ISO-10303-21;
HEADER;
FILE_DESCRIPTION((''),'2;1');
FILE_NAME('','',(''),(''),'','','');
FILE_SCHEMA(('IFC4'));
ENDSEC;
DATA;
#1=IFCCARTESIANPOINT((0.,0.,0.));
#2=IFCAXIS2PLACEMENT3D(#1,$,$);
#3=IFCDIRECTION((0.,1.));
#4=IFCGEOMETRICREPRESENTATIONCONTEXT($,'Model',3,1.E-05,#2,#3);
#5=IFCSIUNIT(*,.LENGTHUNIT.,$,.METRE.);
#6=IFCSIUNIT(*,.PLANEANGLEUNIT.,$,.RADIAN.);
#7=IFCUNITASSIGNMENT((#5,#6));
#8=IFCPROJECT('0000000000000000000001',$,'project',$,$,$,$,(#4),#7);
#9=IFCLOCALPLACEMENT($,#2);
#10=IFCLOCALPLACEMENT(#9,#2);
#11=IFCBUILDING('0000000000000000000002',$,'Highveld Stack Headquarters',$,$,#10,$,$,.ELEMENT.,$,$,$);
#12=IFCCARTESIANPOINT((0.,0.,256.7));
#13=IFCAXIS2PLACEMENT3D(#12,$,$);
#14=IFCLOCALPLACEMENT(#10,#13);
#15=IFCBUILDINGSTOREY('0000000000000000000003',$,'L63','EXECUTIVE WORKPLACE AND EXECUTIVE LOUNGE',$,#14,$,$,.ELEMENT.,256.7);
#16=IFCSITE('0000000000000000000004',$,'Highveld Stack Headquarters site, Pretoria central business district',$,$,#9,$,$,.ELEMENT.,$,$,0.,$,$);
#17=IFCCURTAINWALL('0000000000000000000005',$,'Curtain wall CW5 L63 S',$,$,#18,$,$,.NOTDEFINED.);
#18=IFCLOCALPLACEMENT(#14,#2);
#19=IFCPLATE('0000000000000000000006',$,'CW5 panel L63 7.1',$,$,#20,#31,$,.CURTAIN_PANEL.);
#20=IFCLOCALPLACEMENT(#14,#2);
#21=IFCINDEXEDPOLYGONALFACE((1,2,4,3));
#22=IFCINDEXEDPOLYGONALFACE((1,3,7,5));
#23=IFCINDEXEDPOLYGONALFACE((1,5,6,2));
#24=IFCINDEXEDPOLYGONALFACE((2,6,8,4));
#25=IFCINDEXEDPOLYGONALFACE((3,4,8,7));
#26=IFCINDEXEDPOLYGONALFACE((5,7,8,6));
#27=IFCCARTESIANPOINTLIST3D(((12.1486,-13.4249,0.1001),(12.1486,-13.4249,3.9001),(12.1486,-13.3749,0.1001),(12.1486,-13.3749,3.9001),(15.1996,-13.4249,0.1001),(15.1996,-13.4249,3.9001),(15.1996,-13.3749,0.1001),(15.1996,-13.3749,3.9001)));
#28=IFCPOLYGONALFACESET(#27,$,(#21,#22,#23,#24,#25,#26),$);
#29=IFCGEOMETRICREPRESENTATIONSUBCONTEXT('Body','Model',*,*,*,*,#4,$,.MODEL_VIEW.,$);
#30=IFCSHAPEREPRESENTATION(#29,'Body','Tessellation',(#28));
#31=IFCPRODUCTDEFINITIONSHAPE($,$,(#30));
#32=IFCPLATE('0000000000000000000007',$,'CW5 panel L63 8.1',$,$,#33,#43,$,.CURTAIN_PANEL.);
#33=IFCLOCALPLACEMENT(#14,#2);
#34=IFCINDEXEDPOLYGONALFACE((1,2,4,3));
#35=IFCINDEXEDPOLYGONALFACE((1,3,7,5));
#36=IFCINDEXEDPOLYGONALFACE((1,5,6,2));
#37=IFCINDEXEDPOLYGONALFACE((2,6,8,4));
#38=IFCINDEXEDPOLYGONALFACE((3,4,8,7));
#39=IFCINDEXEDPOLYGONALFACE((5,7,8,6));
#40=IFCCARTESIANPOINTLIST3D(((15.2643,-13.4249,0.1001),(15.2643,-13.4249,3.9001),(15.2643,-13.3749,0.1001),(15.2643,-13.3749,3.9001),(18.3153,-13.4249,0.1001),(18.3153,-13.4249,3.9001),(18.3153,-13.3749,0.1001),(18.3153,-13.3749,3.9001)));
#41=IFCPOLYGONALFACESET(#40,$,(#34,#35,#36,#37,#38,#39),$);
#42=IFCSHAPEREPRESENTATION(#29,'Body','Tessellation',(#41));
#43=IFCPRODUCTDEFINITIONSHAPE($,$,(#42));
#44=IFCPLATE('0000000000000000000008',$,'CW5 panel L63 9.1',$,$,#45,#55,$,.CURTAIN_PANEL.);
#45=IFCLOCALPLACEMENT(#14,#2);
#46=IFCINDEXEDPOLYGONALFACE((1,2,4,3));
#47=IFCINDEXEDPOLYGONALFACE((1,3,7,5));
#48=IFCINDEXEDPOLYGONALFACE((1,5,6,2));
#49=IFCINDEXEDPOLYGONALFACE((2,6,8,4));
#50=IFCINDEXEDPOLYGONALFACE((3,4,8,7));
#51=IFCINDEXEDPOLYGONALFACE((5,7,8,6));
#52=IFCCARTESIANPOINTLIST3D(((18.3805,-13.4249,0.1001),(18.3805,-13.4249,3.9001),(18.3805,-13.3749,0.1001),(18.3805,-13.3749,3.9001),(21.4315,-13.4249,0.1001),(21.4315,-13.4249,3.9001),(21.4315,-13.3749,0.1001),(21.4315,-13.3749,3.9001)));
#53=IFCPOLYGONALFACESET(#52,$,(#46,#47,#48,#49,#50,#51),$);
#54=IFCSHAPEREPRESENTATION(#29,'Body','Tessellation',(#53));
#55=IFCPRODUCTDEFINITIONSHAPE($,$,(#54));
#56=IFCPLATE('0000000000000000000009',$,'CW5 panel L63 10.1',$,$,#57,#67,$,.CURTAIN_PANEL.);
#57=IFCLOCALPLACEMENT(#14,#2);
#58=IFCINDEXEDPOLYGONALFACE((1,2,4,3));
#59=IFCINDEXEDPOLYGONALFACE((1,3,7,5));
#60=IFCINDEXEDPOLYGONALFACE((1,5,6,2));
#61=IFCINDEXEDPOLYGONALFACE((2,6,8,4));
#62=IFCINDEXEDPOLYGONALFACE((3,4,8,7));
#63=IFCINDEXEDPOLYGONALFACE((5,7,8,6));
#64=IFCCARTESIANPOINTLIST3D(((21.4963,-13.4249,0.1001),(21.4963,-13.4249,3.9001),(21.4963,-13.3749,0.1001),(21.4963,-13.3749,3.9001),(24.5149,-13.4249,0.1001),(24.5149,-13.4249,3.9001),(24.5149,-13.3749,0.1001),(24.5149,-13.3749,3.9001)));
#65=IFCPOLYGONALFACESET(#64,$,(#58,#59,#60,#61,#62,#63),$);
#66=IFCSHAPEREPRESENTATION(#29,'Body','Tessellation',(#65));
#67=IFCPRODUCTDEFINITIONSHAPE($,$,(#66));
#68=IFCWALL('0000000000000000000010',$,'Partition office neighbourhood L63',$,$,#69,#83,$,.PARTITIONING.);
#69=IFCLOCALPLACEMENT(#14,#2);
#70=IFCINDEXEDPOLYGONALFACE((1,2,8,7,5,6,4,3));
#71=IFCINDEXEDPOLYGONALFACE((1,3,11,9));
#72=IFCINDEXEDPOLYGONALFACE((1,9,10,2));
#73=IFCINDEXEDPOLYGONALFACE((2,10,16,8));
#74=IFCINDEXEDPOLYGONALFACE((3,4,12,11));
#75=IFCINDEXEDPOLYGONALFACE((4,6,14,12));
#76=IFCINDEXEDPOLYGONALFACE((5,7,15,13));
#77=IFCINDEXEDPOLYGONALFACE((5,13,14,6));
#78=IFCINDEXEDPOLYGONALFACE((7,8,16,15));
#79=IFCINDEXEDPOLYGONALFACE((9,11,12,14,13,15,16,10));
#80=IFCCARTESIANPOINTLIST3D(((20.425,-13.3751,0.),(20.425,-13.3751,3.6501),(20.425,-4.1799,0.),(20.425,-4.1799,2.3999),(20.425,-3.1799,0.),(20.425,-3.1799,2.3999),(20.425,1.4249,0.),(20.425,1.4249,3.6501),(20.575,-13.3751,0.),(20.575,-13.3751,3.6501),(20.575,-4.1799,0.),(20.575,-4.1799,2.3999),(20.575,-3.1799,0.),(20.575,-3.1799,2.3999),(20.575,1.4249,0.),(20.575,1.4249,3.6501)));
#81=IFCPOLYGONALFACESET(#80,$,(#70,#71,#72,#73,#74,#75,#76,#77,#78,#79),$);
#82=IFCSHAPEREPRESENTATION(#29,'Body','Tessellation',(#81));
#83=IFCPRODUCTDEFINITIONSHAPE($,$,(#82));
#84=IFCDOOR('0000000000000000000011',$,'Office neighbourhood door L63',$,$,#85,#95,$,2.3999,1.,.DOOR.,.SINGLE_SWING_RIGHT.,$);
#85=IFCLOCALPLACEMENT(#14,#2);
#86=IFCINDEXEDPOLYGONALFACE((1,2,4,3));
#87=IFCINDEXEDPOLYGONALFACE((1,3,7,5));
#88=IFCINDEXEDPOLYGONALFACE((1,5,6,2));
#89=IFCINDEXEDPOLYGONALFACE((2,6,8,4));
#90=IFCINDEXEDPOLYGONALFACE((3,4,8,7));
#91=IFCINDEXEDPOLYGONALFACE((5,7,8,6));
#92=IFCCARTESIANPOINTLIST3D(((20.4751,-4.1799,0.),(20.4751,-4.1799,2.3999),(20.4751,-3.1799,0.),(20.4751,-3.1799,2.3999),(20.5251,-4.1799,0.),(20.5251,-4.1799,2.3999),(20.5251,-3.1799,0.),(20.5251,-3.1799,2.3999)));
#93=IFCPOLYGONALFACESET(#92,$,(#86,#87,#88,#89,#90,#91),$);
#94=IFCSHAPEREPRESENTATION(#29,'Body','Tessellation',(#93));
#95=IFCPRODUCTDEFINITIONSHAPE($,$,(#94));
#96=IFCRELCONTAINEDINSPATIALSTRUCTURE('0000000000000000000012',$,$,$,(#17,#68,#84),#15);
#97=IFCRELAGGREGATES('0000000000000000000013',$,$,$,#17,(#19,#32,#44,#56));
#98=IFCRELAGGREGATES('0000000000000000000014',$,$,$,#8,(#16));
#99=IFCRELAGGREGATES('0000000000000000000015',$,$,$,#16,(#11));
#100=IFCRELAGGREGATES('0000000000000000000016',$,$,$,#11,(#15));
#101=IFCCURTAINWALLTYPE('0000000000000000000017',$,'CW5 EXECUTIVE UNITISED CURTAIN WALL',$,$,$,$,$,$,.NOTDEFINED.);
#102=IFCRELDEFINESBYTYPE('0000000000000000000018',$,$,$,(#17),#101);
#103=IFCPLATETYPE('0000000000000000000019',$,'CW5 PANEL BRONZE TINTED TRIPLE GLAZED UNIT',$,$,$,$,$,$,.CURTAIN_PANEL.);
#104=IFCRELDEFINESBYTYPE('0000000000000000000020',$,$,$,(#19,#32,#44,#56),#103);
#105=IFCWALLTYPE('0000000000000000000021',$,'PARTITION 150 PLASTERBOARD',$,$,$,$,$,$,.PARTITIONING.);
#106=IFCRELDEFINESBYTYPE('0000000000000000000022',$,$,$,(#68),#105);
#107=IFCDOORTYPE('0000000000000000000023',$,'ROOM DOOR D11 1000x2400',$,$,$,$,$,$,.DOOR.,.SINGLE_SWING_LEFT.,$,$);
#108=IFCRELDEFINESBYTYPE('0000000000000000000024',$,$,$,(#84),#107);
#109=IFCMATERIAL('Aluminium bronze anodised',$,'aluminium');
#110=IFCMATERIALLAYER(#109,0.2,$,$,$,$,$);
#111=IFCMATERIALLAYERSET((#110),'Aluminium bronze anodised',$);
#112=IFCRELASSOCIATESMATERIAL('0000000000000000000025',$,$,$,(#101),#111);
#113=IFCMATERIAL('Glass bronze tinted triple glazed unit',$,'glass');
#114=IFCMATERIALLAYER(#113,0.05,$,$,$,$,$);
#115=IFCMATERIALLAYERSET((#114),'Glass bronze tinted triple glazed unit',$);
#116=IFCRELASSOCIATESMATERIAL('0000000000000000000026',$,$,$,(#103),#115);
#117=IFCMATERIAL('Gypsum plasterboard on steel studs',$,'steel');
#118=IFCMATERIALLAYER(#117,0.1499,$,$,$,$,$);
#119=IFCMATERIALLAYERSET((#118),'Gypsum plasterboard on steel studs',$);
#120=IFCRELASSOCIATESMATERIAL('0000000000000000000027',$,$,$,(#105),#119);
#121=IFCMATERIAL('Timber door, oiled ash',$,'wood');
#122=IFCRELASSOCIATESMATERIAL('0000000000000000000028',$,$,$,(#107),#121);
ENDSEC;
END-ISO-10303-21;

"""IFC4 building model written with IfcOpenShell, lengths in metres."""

from ifc_helpers import new_model, si_unit, direction, frame, frame_2d, origin, origin_2d, place, context, subcontext, project, spatial, rectangle, extrude, material, layer, layer_set, type_object, element, fill, aggregate, save


model = new_model("IFC4")

# Units and contexts
model_context = context("Model", 3, precision=1e-05, world=origin(), true_north=direction((0.0, 1.0)))
body_context = subcontext(model_context, "Body", "Model", "MODEL_VIEW")
ifc_project = project(units=[si_unit("LENGTHUNIT", "METRE"), si_unit("PLANEANGLEUNIT", "RADIAN")], contexts=[model_context])

# Site, building, storey
site_placement = place(None, origin())
site = spatial("IfcSite", under=ifc_project, at=site_placement, Name="Highveld Stack Headquarters site, Pretoria central business district", CompositionType="ELEMENT", RefElevation=0.0)
building_placement = place(site_placement, origin())
building = spatial("IfcBuilding", under=site, at=building_placement, Name="Highveld Stack Headquarters", CompositionType="ELEMENT")
storey_placement = place(building_placement, frame((0.0, 0.0, 256.7)))
storey = spatial("IfcBuildingStorey", under=building, at=storey_placement, Name="L63", Description="EXECUTIVE WORKPLACE AND EXECUTIVE LOUNGE", CompositionType="ELEMENT", Elevation=256.7)

# Curtain wall, plates
ifc_material_1 = material(Name="Aluminium bronze anodised", Category="aluminium")
ifc_layer_1 = layer(ifc_material_1, 0.2)
ifc_layer_set_1 = layer_set([ifc_layer_1], Name="Aluminium bronze anodised")
curtain_wall_type = type_object("IfcCurtainWallType", Name="CW5 EXECUTIVE UNITISED CURTAIN WALL", PredefinedType="NOTDEFINED", material=ifc_layer_set_1)
curtain_wall_placement = place(storey_placement, origin())
curtain_wall = element("IfcCurtainWall", 1, at=curtain_wall_placement, inside=storey, type_object=curtain_wall_type, Name="Curtain wall CW5 L63 S", PredefinedType="NOTDEFINED")
ifc_material_2 = material(Name="Glass bronze tinted triple glazed unit", Category="glass")
ifc_layer_2 = layer(ifc_material_2, 0.05)
ifc_layer_set_2 = layer_set([ifc_layer_2], Name="Glass bronze tinted triple glazed unit")
plate_type = type_object("IfcPlateType", Name="CW5 PANEL BRONZE TINTED TRIPLE GLAZED UNIT", PredefinedType="CURTAIN_PANEL", material=ifc_layer_set_2)
plate_1_placement = place(storey_placement, frame((13.6741, -13.3999, 0.1001), z_axis=(0.0, 0.0, 1.0), x_axis=(1.0, 0.0, 0.0)))
plate_1 = element("IfcPlate", 2, at=plate_1_placement, type_object=plate_type, Name="CW5 panel L63 7.1", PredefinedType="CURTAIN_PANEL", context=body_context, shape_type="SweptSolid", body=[
    extrude(rectangle(XDim=3.051, YDim=0.05, at=origin_2d()), origin(), (0.0, 0.0, 1.0), 3.8),
])
plate_2_placement = place(storey_placement, frame((16.7898, -13.3999, 0.1001), z_axis=(0.0, 0.0, 1.0), x_axis=(1.0, 0.0, 0.0)))
plate_2 = element("IfcPlate", 3, at=plate_2_placement, type_object=plate_type, Name="CW5 panel L63 8.1", PredefinedType="CURTAIN_PANEL", context=body_context, shape_type="SweptSolid", body=[
    extrude(rectangle(XDim=3.051, YDim=0.05, at=origin_2d()), origin(), (0.0, 0.0, 1.0), 3.8),
])
plate_3_placement = place(storey_placement, frame((19.906, -13.3999, 0.1001), z_axis=(0.0, 0.0, 1.0), x_axis=(1.0, 0.0, 0.0)))
plate_3 = element("IfcPlate", 4, at=plate_3_placement, type_object=plate_type, Name="CW5 panel L63 9.1", PredefinedType="CURTAIN_PANEL", context=body_context, shape_type="SweptSolid", body=[
    extrude(rectangle(XDim=3.051, YDim=0.05, at=origin_2d()), origin(), (0.0, 0.0, 1.0), 3.8),
])
plate_4_placement = place(storey_placement, frame((23.0056, -13.3999, 0.1001), z_axis=(0.0, 0.0, 1.0), x_axis=(1.0, 0.0, 0.0)))
plate_4 = element("IfcPlate", 5, at=plate_4_placement, type_object=plate_type, Name="CW5 panel L63 10.1", PredefinedType="CURTAIN_PANEL", context=body_context, shape_type="SweptSolid", body=[
    extrude(rectangle(XDim=3.0186, YDim=0.05, at=origin_2d()), origin(), (0.0, 0.0, 1.0), 3.8),
])
aggregate(curtain_wall, [plate_1, plate_2, plate_3, plate_4])

# Wall, opening, door
ifc_material_3 = material(Name="Gypsum plasterboard on steel studs", Category="steel")
ifc_layer_3 = layer(ifc_material_3, 0.1499)
ifc_layer_set_3 = layer_set([ifc_layer_3], Name="Gypsum plasterboard on steel studs")
wall_type = type_object("IfcWallType", Name="PARTITION 150 PLASTERBOARD", PredefinedType="PARTITIONING", material=ifc_layer_set_3)
wall_placement = place(storey_placement, frame((20.5, -13.375, 0.0), z_axis=(0.0, 0.0, 1.0), x_axis=(0.0, 1.0, 0.0)))
wall = element("IfcWall", 6, at=wall_placement, inside=storey, type_object=wall_type, Name="Partition office neighbourhood L63", PredefinedType="PARTITIONING", context=body_context, shape_type="SweptSolid", body=[
    extrude(rectangle(XDim=14.8, YDim=0.1499, at=frame_2d((7.3999, 0.0))), origin(), (0.0, 0.0, 1.0), 3.6501),
])
opening_placement = place(wall_placement, frame((9.1951, 0.0, 0.0)))
opening = element("IfcOpeningElement", 7, at=opening_placement, cuts=wall, PredefinedType="OPENING", context=body_context, shape_type="SweptSolid", body=[
    extrude(rectangle(XDim=1.0, YDim=2.3999, at=frame_2d((0.5, 1.2))), frame((0.0, 0.085, 0.0), z_axis=(0.0, -1.0, 0.0), x_axis=(1.0, 0.0, 0.0)), (0.0, 0.0, 1.0), 0.1699),
])
ifc_material_4 = material(Name="Timber door, oiled ash", Category="wood")
door_type = type_object("IfcDoorType", Name="ROOM DOOR D11 1000x2400", OperationType="SINGLE_SWING_LEFT", PredefinedType="DOOR", material=ifc_material_4)
door_placement = place(opening_placement, origin())
door = element("IfcDoor", 8, at=door_placement, inside=storey, type_object=door_type, Name="Office neighbourhood door L63", OperationType="SINGLE_SWING_RIGHT", OverallHeight=2.3999, OverallWidth=1.0, PredefinedType="DOOR", context=body_context, shape_type="SweptSolid", body=[
    extrude(rectangle(XDim=1.0, YDim=2.3999, at=frame_2d((0.5, 1.2))), frame((0.0, 0.0249, 0.0), z_axis=(0.0, -1.0, 0.0), x_axis=(1.0, 0.0, 0.0)), (0.0, 0.0, 1.0), 0.05),
])
fill(opening, door)

save(model, "model.ifc")
